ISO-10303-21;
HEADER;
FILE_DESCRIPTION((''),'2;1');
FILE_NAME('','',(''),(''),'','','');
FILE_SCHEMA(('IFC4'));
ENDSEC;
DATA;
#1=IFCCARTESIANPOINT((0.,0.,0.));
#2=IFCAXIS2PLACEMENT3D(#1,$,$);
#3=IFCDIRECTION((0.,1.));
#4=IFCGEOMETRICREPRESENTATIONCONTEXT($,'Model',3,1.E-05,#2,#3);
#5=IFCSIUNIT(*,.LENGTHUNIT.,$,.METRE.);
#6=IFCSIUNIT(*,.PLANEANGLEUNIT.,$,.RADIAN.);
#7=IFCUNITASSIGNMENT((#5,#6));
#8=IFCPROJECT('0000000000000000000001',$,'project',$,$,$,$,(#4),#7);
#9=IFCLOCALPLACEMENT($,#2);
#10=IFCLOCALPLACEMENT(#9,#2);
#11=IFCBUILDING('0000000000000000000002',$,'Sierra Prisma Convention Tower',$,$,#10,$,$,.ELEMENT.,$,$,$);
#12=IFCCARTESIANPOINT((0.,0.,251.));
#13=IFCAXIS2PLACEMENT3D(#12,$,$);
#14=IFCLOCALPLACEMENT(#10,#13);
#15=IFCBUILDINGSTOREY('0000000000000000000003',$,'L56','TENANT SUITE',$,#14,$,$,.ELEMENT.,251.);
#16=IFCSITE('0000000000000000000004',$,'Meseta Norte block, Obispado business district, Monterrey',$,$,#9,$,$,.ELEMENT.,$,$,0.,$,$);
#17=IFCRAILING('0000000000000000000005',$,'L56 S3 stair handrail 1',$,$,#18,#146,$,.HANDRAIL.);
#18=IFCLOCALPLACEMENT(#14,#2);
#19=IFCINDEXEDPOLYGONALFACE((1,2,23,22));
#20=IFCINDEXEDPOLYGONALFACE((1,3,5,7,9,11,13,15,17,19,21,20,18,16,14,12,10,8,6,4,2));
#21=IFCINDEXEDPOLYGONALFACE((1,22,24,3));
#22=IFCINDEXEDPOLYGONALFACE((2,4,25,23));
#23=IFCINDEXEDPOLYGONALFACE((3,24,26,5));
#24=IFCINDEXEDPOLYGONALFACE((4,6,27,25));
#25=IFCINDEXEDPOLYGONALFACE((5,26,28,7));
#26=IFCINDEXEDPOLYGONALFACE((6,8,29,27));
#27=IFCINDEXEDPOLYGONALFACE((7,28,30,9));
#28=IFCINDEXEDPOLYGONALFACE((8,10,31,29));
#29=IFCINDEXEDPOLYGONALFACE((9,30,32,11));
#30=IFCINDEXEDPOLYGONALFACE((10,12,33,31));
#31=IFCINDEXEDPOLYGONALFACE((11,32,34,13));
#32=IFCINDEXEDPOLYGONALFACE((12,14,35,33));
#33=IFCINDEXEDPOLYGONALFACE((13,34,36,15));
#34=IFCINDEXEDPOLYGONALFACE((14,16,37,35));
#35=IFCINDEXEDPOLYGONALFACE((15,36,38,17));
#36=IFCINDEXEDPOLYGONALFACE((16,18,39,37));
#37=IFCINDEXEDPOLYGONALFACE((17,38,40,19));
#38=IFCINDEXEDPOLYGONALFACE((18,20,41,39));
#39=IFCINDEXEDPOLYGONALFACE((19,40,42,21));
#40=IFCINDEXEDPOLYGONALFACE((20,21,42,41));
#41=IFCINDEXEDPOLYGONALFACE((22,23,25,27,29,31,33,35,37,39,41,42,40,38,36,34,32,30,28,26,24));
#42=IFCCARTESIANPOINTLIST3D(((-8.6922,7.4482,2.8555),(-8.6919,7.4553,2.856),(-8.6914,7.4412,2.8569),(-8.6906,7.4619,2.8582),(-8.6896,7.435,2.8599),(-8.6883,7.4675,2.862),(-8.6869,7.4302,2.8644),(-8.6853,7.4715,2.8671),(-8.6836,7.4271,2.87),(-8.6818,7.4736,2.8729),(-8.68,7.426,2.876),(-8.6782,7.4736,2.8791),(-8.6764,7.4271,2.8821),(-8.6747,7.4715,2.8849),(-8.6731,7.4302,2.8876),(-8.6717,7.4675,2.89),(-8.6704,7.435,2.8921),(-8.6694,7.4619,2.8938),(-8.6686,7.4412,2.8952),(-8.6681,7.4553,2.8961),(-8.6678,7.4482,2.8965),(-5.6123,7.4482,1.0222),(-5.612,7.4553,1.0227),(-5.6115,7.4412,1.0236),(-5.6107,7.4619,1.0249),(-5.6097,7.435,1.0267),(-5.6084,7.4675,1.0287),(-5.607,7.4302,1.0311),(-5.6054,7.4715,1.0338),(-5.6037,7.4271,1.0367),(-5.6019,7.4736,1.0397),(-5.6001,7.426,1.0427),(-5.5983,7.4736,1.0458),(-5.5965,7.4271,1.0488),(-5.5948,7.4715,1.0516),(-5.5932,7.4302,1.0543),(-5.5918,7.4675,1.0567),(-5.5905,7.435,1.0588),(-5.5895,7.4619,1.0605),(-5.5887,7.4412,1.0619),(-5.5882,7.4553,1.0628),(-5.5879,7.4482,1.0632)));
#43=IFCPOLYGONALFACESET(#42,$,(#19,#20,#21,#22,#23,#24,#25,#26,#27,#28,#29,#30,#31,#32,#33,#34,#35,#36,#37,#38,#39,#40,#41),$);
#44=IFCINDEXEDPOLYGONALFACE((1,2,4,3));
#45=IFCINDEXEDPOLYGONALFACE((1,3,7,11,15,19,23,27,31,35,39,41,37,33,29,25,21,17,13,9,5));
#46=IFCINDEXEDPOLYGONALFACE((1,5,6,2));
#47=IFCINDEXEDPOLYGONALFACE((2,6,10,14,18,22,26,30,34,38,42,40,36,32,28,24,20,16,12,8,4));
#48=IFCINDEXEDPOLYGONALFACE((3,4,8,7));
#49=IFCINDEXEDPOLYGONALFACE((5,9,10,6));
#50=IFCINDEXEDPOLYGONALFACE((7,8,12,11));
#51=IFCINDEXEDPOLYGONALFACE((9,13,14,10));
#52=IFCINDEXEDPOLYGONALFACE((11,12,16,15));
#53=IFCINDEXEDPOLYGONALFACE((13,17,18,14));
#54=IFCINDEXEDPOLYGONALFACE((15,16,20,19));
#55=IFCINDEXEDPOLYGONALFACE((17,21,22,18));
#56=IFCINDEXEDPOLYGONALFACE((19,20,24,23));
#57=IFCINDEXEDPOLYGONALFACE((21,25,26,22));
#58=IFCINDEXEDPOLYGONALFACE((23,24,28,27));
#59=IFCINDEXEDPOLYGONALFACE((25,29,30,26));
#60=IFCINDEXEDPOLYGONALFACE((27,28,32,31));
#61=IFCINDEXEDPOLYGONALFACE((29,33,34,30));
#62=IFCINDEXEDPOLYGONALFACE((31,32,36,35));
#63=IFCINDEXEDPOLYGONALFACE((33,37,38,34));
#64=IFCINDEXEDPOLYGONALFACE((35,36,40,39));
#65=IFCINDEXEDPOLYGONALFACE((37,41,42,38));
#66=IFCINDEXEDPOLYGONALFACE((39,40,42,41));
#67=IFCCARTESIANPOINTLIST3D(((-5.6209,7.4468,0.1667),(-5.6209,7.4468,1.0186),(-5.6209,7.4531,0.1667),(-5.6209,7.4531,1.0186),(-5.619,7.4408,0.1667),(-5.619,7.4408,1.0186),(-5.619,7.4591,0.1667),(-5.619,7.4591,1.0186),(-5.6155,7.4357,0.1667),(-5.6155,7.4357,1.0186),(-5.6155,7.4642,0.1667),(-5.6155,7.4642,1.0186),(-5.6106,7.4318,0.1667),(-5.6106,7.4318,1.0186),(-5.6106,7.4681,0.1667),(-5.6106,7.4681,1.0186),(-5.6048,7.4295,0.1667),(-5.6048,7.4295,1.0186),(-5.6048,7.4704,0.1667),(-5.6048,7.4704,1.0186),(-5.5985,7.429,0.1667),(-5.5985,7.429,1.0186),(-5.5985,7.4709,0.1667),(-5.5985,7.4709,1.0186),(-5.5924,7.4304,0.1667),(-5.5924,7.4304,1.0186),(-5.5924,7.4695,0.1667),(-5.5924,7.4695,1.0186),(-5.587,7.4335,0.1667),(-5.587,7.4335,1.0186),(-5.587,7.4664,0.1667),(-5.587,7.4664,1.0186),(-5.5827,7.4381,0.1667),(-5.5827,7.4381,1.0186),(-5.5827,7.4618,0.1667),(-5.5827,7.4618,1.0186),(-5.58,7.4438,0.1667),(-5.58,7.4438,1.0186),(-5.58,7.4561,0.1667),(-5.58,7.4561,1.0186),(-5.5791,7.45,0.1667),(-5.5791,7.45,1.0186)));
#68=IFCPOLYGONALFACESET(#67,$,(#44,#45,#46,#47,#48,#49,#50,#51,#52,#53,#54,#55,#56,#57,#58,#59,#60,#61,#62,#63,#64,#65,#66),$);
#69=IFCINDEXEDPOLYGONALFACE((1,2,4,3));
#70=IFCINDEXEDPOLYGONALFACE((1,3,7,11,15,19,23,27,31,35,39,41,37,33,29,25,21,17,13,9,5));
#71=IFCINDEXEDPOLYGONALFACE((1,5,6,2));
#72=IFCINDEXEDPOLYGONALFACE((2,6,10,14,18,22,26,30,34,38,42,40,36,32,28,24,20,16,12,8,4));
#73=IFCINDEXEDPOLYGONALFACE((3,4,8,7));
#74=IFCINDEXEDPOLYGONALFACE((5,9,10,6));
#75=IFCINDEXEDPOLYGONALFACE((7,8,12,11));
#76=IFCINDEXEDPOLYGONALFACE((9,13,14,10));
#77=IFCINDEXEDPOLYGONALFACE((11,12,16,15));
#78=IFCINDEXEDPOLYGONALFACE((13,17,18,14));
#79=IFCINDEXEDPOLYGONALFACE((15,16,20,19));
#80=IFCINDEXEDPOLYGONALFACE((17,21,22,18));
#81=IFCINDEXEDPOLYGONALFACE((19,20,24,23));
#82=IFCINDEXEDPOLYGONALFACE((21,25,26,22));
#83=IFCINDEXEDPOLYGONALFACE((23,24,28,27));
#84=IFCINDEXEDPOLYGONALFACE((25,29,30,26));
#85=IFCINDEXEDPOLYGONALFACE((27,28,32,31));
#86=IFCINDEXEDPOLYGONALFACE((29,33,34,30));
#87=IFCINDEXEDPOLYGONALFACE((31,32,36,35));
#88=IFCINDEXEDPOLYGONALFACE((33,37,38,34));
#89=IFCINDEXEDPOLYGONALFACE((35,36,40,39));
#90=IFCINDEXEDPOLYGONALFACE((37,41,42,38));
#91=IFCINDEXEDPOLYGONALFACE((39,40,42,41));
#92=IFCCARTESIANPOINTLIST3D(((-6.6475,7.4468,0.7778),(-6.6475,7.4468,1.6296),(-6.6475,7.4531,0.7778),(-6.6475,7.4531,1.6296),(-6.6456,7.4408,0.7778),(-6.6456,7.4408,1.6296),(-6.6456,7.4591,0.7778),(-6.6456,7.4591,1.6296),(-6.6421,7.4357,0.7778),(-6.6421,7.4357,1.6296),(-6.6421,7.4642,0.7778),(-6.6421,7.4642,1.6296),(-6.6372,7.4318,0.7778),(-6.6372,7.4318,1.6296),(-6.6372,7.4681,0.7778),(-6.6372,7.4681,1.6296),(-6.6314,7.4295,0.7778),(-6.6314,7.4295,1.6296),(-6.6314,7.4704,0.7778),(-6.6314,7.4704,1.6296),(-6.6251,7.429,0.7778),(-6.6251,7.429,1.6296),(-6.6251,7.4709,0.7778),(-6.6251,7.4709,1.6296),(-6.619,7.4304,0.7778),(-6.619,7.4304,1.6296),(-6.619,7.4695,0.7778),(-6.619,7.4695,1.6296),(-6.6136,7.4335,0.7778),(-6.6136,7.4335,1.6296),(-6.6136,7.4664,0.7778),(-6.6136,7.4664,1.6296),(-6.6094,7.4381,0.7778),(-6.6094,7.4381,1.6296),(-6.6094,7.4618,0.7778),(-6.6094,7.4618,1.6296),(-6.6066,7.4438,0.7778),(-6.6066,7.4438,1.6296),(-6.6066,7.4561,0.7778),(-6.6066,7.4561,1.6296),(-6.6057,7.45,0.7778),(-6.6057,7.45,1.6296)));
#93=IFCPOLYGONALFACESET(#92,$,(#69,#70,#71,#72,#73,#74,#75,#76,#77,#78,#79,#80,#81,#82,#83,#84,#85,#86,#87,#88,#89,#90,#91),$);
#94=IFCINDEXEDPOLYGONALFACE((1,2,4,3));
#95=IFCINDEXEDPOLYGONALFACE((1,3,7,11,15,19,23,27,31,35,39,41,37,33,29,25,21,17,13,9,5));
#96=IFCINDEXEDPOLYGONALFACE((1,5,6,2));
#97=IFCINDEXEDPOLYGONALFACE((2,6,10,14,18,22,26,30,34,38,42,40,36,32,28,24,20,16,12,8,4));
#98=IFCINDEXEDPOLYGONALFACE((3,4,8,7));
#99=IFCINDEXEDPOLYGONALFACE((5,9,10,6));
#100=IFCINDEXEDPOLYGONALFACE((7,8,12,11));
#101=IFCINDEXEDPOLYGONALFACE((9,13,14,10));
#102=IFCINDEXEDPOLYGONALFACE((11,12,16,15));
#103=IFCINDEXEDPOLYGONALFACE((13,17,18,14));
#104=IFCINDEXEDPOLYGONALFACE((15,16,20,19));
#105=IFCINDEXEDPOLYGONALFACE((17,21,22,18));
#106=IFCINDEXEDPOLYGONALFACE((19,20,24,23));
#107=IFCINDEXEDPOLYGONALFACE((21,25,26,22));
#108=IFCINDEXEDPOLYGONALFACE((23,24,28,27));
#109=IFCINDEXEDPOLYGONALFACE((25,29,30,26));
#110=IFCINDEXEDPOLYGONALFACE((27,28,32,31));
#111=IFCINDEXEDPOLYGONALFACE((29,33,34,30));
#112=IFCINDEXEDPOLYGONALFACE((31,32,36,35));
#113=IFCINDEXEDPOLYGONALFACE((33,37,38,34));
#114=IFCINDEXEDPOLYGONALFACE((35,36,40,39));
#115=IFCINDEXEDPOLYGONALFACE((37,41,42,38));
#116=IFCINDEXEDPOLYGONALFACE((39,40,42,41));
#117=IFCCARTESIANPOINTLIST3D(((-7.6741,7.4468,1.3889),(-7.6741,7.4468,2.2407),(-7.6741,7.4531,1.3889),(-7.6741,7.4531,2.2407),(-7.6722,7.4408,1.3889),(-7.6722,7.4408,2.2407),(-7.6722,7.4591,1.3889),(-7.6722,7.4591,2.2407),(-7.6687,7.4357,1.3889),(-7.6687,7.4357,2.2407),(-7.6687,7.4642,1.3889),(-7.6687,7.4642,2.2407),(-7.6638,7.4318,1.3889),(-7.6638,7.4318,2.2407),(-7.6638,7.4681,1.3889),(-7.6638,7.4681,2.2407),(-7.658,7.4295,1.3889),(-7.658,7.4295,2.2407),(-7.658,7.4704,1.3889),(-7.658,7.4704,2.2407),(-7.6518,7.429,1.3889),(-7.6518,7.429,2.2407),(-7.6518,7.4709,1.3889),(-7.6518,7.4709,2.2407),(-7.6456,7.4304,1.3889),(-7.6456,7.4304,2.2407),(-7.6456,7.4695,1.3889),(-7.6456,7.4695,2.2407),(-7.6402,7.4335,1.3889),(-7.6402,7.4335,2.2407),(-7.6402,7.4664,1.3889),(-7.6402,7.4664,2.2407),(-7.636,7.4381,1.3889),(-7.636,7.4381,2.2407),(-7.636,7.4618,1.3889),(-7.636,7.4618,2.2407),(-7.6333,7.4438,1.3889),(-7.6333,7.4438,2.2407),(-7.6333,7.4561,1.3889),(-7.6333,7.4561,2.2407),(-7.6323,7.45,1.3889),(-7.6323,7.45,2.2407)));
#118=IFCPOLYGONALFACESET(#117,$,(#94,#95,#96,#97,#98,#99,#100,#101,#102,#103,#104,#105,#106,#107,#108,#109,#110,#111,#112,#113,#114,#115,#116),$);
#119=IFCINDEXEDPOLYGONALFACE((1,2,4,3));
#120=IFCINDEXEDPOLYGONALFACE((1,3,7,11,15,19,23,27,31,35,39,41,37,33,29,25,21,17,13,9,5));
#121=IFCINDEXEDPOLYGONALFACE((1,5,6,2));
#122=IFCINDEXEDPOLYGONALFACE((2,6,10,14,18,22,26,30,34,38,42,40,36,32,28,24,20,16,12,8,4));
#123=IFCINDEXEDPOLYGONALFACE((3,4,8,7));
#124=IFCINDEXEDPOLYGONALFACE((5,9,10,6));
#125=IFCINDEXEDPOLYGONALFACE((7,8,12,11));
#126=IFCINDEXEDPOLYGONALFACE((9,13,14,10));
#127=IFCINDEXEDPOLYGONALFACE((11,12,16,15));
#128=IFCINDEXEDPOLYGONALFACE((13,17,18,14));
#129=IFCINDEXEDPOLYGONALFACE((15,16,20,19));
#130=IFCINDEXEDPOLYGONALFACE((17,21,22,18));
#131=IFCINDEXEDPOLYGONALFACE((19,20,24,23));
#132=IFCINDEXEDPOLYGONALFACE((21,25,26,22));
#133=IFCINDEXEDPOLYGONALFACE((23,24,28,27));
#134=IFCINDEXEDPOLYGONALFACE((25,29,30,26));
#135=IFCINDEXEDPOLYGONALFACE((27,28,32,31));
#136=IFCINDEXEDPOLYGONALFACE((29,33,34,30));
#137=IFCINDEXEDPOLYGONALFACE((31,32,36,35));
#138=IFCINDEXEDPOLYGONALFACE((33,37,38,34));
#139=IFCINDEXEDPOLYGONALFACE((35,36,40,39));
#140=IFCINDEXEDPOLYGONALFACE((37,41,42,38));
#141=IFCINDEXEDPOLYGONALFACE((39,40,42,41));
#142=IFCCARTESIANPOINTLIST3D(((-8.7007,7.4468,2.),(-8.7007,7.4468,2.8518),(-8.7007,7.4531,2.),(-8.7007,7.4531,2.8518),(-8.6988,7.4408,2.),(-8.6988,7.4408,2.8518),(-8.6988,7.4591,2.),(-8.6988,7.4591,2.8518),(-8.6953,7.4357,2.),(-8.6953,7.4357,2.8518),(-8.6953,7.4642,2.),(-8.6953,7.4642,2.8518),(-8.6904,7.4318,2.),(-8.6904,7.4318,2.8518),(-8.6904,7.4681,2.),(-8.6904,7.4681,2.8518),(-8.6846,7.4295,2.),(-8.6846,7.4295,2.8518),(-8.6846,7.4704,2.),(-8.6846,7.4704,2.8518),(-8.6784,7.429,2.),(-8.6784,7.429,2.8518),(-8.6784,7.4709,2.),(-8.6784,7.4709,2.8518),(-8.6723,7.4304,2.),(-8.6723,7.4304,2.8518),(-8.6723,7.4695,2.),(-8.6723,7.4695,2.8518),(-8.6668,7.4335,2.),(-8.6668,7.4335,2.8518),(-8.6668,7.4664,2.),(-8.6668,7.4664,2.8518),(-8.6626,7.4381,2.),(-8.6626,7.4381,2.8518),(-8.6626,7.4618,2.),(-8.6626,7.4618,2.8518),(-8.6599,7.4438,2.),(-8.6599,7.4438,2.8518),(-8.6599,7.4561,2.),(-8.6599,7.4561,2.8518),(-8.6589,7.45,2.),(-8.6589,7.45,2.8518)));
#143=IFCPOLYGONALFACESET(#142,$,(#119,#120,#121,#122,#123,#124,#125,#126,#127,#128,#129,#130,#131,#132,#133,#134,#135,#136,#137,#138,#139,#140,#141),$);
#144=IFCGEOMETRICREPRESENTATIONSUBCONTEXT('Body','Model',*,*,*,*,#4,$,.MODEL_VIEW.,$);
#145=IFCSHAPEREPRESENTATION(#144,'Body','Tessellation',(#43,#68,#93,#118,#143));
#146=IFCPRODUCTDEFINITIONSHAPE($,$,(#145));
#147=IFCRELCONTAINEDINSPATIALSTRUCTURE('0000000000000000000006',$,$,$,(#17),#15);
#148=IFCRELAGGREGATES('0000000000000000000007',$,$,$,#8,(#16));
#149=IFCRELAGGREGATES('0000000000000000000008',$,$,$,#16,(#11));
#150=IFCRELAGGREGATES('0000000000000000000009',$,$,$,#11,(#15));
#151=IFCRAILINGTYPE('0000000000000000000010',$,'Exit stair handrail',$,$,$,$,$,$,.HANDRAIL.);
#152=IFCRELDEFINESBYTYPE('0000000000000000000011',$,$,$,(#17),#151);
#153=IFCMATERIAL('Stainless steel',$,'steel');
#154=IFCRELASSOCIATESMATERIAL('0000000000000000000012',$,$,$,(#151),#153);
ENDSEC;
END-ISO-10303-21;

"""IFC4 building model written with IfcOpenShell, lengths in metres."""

from ifc_helpers import new_model, si_unit, direction, frame, origin, origin_2d, place, context, subcontext, project, spatial, circle, extrude, material, type_object, element, save


model = new_model("IFC4")

# Units and contexts
model_context = context("Model", 3, precision=1e-05, world=origin(), true_north=direction((0.0, 1.0)))
body_context = subcontext(model_context, "Body", "Model", "MODEL_VIEW")
ifc_project = project(units=[si_unit("LENGTHUNIT", "METRE"), si_unit("PLANEANGLEUNIT", "RADIAN")], contexts=[model_context])

# Site, building, storey
site_placement = place(None, origin())
site = spatial("IfcSite", under=ifc_project, at=site_placement, Name="Meseta Norte block, Obispado business district, Monterrey", CompositionType="ELEMENT", RefElevation=0.0)
building_placement = place(site_placement, origin())
building = spatial("IfcBuilding", under=site, at=building_placement, Name="Sierra Prisma Convention Tower", CompositionType="ELEMENT")
storey_placement = place(building_placement, frame((0.0, 0.0, 251.0)))
storey = spatial("IfcBuildingStorey", under=building, at=storey_placement, Name="L56", Description="TENANT SUITE", CompositionType="ELEMENT", Elevation=251.0)

# Railing
ifc_material_1 = material(Name="Stainless steel", Category="steel")
railing_type_1 = type_object("IfcRailingType", Name="Exit stair handrail", PredefinedType="HANDRAIL", material=ifc_material_1)
railing_1_placement = place(storey_placement, frame((-5.6001, 7.45, 0.1667)))
element("IfcRailing", 1, at=railing_1_placement, inside=storey, type_object=railing_type_1, Name="L56 S3 stair handrail 1", PredefinedType="HANDRAIL", context=body_context, shape_type="SweptSolid", body=[
    extrude(circle(Radius=0.0239, at=origin_2d()), frame((0.0, 0.0, 0.876), z_axis=(-0.859291, 0.0, 0.511487), x_axis=(0.0, -1.0, 0.0)), (0.0, 0.0, 1.0), 3.5842),
    extrude(circle(Radius=0.021, at=origin_2d()), origin(), (0.0, 0.0, 1.0), 0.8518),
    extrude(circle(Radius=0.021, at=origin_2d()), frame((-1.0266, 0.0, 0.6111)), (0.0, 0.0, 1.0), 0.8518),
    extrude(circle(Radius=0.021, at=origin_2d()), frame((-2.0532, 0.0, 1.2222)), (0.0, 0.0, 1.0), 0.8518),
    extrude(circle(Radius=0.021, at=origin_2d()), frame((-3.0798, 0.0, 1.8333)), (0.0, 0.0, 1.0), 0.8518),
])

save(model, "model.ifc")
